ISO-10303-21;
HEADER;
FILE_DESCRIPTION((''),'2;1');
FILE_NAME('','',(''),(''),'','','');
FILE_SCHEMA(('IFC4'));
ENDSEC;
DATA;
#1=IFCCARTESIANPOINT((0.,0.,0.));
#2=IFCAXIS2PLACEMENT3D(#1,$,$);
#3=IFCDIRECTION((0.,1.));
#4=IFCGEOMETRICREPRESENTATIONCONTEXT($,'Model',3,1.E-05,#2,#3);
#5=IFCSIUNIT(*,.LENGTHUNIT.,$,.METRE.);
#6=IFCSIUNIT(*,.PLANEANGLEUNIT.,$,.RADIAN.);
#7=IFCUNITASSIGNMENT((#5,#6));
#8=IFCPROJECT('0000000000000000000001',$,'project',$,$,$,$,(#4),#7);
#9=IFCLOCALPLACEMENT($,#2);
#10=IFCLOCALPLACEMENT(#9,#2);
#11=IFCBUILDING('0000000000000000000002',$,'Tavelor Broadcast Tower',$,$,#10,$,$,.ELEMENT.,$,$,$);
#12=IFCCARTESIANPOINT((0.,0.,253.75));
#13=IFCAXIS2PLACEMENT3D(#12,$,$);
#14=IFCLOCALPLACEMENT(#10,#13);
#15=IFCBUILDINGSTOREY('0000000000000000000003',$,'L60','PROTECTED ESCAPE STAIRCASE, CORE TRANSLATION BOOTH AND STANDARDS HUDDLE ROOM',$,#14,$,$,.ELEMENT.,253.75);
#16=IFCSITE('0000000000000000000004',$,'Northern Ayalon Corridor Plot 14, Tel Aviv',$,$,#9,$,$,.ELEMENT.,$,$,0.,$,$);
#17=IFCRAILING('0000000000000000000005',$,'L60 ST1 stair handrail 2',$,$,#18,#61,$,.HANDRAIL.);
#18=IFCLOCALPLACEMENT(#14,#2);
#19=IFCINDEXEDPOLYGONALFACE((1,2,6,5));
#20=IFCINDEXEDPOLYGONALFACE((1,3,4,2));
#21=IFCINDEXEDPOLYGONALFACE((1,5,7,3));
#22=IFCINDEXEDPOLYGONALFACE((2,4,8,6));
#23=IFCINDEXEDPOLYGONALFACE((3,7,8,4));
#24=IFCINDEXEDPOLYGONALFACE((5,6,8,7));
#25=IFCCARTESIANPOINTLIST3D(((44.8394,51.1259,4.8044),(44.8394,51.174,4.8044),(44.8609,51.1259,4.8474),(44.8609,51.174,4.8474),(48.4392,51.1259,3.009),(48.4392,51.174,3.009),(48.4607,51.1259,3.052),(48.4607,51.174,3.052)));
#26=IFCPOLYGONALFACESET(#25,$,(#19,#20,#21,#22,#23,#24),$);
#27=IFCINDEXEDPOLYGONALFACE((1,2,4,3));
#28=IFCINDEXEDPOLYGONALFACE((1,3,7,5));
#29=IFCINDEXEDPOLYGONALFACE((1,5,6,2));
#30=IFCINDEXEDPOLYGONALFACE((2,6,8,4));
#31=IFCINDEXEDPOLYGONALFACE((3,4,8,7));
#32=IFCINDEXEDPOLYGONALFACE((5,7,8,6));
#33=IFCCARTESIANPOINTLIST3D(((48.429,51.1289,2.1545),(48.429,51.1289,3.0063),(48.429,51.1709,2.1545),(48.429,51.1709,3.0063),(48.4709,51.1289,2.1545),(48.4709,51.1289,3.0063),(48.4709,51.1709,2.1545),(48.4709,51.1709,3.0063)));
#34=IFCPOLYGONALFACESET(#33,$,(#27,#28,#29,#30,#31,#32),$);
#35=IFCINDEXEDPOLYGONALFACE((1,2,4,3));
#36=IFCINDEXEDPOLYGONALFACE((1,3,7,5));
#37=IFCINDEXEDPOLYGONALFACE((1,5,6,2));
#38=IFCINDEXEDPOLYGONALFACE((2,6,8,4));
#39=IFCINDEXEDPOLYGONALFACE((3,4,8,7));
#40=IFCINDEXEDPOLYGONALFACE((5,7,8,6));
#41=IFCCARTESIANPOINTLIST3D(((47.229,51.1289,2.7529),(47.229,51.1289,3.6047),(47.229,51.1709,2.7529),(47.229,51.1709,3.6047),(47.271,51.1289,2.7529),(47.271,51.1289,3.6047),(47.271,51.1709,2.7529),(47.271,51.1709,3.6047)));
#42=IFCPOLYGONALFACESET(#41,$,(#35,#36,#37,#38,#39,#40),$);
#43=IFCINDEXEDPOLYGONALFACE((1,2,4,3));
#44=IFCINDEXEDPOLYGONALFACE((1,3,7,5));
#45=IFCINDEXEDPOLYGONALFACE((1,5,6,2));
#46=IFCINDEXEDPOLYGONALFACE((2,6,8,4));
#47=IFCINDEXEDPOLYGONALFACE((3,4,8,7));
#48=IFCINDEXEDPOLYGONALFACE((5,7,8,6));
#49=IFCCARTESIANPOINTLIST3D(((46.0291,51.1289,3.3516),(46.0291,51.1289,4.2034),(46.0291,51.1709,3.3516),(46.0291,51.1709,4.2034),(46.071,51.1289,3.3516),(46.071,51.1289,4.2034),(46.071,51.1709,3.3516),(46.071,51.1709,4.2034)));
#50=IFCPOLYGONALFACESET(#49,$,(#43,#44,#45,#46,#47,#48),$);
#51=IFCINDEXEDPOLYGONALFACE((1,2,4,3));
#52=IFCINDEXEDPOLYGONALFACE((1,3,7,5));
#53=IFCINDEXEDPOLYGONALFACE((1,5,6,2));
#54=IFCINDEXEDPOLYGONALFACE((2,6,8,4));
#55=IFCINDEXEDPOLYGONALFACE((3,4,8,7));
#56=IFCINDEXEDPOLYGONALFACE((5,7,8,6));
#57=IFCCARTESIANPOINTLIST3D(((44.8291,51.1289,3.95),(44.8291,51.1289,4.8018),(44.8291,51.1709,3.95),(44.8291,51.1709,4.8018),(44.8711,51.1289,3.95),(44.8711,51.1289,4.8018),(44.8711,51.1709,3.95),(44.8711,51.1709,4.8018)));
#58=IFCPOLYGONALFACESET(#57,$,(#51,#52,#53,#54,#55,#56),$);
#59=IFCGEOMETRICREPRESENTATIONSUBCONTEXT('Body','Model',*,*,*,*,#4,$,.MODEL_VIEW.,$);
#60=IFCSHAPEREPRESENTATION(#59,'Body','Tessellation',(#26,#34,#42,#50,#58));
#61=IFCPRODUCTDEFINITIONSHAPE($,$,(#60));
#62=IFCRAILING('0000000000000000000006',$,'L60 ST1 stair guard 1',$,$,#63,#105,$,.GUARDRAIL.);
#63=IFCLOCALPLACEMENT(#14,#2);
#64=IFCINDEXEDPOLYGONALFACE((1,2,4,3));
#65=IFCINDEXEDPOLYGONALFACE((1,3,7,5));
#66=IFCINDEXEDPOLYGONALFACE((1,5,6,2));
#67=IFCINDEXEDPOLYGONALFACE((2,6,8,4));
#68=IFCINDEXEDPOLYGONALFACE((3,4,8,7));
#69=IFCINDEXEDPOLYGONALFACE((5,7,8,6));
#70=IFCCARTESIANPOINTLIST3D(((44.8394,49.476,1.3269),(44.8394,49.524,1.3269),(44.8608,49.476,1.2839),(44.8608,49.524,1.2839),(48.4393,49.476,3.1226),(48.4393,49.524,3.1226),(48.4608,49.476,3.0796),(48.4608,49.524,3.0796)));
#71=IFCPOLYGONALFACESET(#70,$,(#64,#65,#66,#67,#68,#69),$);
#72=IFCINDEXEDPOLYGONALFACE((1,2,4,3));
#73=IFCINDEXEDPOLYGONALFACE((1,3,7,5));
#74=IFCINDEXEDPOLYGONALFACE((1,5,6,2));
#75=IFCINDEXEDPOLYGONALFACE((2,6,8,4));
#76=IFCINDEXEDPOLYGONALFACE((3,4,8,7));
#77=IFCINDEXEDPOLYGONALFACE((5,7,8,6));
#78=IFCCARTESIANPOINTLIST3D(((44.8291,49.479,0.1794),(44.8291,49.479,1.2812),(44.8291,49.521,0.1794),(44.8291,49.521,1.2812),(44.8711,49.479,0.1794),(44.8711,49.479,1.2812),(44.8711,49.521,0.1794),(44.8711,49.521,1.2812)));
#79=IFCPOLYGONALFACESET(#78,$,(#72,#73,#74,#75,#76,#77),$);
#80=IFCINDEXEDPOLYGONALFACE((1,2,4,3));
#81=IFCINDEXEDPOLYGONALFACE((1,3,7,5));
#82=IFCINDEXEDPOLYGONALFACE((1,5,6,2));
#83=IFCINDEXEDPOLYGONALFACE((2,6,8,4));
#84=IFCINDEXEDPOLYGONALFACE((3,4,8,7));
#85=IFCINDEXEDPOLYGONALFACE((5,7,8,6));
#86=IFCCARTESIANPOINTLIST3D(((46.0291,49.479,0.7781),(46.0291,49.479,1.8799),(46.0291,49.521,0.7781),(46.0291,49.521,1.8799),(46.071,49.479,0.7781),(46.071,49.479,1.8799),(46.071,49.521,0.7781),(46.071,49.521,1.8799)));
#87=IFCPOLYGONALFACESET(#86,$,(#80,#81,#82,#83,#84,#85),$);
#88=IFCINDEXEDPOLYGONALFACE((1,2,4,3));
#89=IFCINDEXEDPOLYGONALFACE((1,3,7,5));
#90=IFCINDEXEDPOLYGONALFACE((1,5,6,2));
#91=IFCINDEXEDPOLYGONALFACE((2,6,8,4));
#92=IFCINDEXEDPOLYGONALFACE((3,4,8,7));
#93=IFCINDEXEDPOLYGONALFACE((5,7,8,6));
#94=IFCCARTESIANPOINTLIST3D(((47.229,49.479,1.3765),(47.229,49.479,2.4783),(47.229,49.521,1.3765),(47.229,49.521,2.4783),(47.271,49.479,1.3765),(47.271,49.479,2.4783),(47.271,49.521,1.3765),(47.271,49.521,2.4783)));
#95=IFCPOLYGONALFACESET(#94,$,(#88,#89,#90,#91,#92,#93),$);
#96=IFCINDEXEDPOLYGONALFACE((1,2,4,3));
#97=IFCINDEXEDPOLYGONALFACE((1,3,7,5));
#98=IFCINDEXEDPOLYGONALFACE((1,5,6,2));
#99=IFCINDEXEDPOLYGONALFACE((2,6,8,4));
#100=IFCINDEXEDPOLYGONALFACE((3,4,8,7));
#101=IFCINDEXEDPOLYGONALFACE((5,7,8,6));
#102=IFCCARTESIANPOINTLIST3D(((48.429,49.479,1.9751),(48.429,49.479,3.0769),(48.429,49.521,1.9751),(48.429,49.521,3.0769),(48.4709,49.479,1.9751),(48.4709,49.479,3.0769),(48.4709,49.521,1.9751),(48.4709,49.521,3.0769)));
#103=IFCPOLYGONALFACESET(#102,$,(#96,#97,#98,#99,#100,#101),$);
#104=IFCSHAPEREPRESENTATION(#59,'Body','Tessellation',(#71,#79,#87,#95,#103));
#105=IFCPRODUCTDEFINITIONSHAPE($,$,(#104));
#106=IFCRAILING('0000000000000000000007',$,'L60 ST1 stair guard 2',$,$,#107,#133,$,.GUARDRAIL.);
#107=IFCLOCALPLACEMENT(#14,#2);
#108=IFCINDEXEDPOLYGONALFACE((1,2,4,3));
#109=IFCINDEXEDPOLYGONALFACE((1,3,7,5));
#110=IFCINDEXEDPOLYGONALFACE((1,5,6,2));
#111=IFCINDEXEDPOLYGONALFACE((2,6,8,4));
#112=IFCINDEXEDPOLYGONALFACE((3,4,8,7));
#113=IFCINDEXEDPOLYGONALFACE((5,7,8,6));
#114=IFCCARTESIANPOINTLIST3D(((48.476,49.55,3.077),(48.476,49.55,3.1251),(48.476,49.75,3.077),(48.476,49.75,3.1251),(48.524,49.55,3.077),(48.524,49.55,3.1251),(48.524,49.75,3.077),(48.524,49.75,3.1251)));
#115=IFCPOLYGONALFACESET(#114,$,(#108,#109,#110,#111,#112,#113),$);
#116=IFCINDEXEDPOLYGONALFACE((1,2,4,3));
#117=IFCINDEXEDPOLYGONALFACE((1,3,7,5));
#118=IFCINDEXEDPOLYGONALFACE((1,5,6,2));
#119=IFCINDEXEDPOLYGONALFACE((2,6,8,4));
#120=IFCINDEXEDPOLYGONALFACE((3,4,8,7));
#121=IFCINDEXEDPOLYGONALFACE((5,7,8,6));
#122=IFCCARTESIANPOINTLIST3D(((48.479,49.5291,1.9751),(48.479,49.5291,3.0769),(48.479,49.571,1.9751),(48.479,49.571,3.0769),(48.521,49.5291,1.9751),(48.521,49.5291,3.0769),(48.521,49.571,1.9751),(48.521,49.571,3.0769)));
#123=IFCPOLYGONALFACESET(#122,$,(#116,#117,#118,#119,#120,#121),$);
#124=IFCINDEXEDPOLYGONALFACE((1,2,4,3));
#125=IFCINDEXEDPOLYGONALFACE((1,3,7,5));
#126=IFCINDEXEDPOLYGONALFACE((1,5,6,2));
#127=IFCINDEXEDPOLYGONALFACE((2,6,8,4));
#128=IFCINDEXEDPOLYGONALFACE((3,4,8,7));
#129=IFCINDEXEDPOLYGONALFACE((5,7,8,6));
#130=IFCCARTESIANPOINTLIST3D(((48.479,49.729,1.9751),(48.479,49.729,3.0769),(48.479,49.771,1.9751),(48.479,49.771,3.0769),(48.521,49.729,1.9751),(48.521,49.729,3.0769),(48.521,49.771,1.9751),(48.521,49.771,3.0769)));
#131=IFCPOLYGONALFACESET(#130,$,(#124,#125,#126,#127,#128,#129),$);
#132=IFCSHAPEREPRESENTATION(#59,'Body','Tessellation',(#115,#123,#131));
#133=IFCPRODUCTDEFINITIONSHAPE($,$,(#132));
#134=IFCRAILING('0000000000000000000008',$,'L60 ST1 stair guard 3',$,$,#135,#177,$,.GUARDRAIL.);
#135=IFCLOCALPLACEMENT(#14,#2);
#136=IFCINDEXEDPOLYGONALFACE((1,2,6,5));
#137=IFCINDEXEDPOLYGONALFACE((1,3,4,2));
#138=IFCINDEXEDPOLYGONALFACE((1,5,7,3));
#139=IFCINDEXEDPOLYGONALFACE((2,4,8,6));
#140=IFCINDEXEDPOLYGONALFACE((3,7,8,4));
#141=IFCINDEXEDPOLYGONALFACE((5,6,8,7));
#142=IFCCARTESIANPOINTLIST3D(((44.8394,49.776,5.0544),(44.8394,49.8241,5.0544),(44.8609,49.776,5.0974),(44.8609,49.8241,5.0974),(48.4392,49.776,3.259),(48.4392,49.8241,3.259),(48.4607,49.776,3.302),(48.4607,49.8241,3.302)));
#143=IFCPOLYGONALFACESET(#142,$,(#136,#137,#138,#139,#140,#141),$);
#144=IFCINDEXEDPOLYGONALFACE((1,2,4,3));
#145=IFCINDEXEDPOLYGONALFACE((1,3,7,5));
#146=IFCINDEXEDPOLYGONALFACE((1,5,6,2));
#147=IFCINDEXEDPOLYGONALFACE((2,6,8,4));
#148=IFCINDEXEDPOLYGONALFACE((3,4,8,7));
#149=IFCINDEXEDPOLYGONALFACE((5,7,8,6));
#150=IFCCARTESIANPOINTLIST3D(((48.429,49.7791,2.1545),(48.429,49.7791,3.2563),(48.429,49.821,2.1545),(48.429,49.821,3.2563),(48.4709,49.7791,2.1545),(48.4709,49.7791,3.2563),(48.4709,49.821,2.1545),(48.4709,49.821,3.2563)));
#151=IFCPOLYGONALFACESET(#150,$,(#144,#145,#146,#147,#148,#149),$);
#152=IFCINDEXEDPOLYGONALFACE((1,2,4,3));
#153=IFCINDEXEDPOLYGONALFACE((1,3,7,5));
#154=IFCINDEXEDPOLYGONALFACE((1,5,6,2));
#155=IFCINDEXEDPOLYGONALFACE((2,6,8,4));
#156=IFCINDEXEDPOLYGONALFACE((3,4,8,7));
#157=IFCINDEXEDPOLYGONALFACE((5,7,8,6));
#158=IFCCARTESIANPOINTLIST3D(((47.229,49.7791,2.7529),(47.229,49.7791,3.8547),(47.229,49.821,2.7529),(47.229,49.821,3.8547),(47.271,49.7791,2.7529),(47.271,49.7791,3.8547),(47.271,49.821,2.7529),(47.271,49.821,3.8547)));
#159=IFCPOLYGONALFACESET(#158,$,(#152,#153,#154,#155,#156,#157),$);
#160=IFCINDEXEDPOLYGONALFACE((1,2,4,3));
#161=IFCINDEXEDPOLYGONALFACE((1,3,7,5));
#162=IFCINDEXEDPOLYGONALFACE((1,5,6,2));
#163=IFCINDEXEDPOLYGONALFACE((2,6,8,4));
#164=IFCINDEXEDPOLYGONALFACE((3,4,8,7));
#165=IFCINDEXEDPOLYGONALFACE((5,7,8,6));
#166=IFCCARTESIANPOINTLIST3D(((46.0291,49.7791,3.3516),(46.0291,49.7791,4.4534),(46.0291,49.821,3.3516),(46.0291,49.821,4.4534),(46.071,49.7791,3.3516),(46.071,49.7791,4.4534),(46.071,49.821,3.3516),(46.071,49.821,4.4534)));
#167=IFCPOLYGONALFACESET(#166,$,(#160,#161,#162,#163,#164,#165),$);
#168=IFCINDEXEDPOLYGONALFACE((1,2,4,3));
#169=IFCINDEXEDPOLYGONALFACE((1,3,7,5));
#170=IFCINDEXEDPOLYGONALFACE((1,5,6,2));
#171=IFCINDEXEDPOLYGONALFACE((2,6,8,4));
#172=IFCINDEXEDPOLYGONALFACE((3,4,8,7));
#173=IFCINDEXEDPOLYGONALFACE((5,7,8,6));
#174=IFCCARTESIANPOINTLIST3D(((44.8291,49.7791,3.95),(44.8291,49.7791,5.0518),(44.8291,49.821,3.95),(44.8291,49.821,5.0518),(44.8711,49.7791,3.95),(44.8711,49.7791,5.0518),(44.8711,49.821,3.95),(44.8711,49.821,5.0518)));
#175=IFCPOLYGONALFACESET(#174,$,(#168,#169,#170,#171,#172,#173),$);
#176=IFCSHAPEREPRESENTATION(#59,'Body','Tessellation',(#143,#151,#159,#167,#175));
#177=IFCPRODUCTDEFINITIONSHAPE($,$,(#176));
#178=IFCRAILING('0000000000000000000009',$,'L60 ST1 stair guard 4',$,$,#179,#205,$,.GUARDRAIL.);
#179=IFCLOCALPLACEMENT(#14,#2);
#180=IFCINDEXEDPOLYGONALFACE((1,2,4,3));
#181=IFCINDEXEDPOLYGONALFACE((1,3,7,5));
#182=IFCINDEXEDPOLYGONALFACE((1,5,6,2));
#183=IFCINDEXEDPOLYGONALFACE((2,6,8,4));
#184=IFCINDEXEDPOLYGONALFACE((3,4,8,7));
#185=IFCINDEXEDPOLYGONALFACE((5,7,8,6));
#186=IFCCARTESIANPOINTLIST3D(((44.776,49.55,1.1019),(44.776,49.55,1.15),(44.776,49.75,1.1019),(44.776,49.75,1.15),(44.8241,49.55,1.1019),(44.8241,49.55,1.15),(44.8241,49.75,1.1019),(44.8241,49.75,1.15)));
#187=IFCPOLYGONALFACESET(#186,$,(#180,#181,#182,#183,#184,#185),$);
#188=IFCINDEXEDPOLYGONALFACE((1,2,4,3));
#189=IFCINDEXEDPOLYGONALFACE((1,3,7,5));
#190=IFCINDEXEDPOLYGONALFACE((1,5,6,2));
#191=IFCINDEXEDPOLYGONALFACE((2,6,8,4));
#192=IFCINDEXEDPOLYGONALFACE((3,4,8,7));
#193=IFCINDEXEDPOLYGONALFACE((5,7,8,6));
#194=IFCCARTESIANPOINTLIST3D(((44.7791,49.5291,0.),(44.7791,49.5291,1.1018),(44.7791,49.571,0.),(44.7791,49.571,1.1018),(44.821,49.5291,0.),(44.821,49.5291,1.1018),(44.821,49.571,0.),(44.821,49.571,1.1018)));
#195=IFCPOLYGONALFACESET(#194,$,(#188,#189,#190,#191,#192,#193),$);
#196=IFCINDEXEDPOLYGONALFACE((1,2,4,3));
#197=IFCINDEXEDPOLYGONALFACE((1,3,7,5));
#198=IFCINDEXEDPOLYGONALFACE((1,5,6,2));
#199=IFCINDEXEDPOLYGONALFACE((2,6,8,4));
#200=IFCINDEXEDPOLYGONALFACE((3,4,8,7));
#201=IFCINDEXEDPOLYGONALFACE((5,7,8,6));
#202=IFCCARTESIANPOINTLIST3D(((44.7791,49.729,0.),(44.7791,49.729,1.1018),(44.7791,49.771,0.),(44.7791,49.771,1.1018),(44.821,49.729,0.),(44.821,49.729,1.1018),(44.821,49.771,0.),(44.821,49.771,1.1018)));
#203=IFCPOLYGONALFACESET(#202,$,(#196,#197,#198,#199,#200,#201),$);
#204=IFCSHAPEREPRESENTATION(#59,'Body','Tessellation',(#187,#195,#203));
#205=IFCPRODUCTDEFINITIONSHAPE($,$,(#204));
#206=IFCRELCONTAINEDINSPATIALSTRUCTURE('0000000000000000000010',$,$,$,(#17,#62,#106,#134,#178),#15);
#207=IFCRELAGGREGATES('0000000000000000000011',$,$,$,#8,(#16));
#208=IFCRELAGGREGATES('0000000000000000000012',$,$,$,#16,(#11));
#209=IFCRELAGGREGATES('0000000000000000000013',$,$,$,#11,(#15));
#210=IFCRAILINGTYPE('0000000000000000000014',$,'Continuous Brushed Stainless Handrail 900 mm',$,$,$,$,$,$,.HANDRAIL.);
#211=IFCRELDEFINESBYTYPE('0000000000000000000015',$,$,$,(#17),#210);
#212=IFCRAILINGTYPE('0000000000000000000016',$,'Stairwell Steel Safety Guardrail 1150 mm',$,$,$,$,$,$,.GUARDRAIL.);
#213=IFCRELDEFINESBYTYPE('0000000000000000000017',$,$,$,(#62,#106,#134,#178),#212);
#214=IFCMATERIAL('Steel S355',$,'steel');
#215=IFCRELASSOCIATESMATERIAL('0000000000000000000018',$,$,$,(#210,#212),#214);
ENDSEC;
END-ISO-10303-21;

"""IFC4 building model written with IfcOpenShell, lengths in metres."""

from ifc_helpers import new_model, si_unit, direction, frame, origin, origin_2d, place, context, subcontext, project, spatial, rectangle, extrude, material, type_object, element, save


model = new_model("IFC4")

# Units and contexts
model_context = context("Model", 3, precision=1e-05, world=origin(), true_north=direction((0.0, 1.0)))
body_context = subcontext(model_context, "Body", "Model", "MODEL_VIEW")
ifc_project = project(units=[si_unit("LENGTHUNIT", "METRE"), si_unit("PLANEANGLEUNIT", "RADIAN")], contexts=[model_context])

# Site, building, storey
site_placement = place(None, origin())
site = spatial("IfcSite", under=ifc_project, at=site_placement, Name="Northern Ayalon Corridor Plot 14, Tel Aviv", CompositionType="ELEMENT", RefElevation=0.0)
building_placement = place(site_placement, origin())
building = spatial("IfcBuilding", under=site, at=building_placement, Name="Tavelor Broadcast Tower", CompositionType="ELEMENT")
storey_placement = place(building_placement, frame((0.0, 0.0, 253.75)))
storey = spatial("IfcBuildingStorey", under=building, at=storey_placement, Name="L60", Description="PROTECTED ESCAPE STAIRCASE, CORE TRANSLATION BOOTH AND STANDARDS HUDDLE ROOM", CompositionType="ELEMENT", Elevation=253.75)

# Shared definitions
ifc_material_1 = material(Name="Steel S355", Category="steel")

# Railings
railing_type_1 = type_object("IfcRailingType", Name="Continuous Brushed Stainless Handrail 900 mm", PredefinedType="HANDRAIL", material=ifc_material_1)
railing_1_placement = place(storey_placement, frame((48.45, 51.1499, 2.1545)))
element("IfcRailing", 1, at=railing_1_placement, inside=storey, type_object=railing_type_1, Name="L60 ST1 stair handrail 2", PredefinedType="HANDRAIL", context=body_context, shape_type="SweptSolid", body=[
    extrude(rectangle(XDim=0.0481, YDim=0.0481, at=origin_2d()), frame((0.0, 0.0, 0.876), z_axis=(-0.894876, 0.0, 0.446315), x_axis=(0.0, -1.0, 0.0)), (0.0, 0.0, 1.0), 4.0227),
    extrude(rectangle(XDim=0.042, YDim=0.042, at=origin_2d()), origin(), (0.0, 0.0, 1.0), 0.8518),
    extrude(rectangle(XDim=0.042, YDim=0.042, at=origin_2d()), frame((-1.2, 0.0, 0.5984)), (0.0, 0.0, 1.0), 0.8518),
    extrude(rectangle(XDim=0.042, YDim=0.042, at=origin_2d()), frame((-2.3999, 0.0, 1.197)), (0.0, 0.0, 1.0), 0.8518),
    extrude(rectangle(XDim=0.042, YDim=0.042, at=origin_2d()), frame((-3.5999, 0.0, 1.7954)), (0.0, 0.0, 1.0), 0.8518),
])
railing_type_2 = type_object("IfcRailingType", Name="Stairwell Steel Safety Guardrail 1150 mm", PredefinedType="GUARDRAIL", material=ifc_material_1)
railing_2_placement = place(storey_placement, frame((44.8501, 49.5, 0.1794)))
element("IfcRailing", 2, at=railing_2_placement, inside=storey, type_object=railing_type_2, Name="L60 ST1 stair guard 1", PredefinedType="GUARDRAIL", context=body_context, shape_type="SweptSolid", body=[
    extrude(rectangle(XDim=0.0481, YDim=0.0481, at=origin_2d()), frame((0.0, 0.0, 1.126), z_axis=(0.894852, 0.0, 0.446364), x_axis=(0.0, 1.0, 0.0)), (0.0, 0.0, 1.0), 4.0229),
    extrude(rectangle(XDim=0.042, YDim=0.042, at=origin_2d()), origin(), (0.0, 0.0, 1.0), 1.1018),
    extrude(rectangle(XDim=0.042, YDim=0.042, at=origin_2d()), frame((1.2, 0.0, 0.5986)), (0.0, 0.0, 1.0), 1.1018),
    extrude(rectangle(XDim=0.042, YDim=0.042, at=origin_2d()), frame((2.3999, 0.0, 1.197)), (0.0, 0.0, 1.0), 1.1018),
    extrude(rectangle(XDim=0.042, YDim=0.042, at=origin_2d()), frame((3.5999, 0.0, 1.7957)), (0.0, 0.0, 1.0), 1.1018),
])
railing_3_placement = place(storey_placement, frame((48.5, 49.55, 1.9751)))
element("IfcRailing", 3, at=railing_3_placement, inside=storey, type_object=railing_type_2, Name="L60 ST1 stair guard 2", PredefinedType="GUARDRAIL", context=body_context, shape_type="SweptSolid", body=[
    extrude(rectangle(XDim=0.0481, YDim=0.0481, at=origin_2d()), frame((0.0, 0.0, 1.126), z_axis=(0.0, 1.0, 0.0), x_axis=(-1.0, 0.0, 0.0)), (0.0, 0.0, 1.0), 0.2),
    extrude(rectangle(XDim=0.042, YDim=0.042, at=origin_2d()), origin(), (0.0, 0.0, 1.0), 1.1018),
    extrude(rectangle(XDim=0.042, YDim=0.042, at=origin_2d()), frame((0.0, 0.2, 0.0)), (0.0, 0.0, 1.0), 1.1018),
])
railing_4_placement = place(storey_placement, frame((48.45, 49.8, 2.1545)))
element("IfcRailing", 4, at=railing_4_placement, inside=storey, type_object=railing_type_2, Name="L60 ST1 stair guard 3", PredefinedType="GUARDRAIL", context=body_context, shape_type="SweptSolid", body=[
    extrude(rectangle(XDim=0.0481, YDim=0.0481, at=origin_2d()), frame((0.0, 0.0, 1.126), z_axis=(-0.894876, 0.0, 0.446315), x_axis=(0.0, -1.0, 0.0)), (0.0, 0.0, 1.0), 4.0227),
    extrude(rectangle(XDim=0.042, YDim=0.042, at=origin_2d()), origin(), (0.0, 0.0, 1.0), 1.1018),
    extrude(rectangle(XDim=0.042, YDim=0.042, at=origin_2d()), frame((-1.2, 0.0, 0.5984)), (0.0, 0.0, 1.0), 1.1018),
    extrude(rectangle(XDim=0.042, YDim=0.042, at=origin_2d()), frame((-2.3999, 0.0, 1.197)), (0.0, 0.0, 1.0), 1.1018),
    extrude(rectangle(XDim=0.042, YDim=0.042, at=origin_2d()), frame((-3.5999, 0.0, 1.7954)), (0.0, 0.0, 1.0), 1.1018),
])
railing_5_placement = place(storey_placement, frame((44.8, 49.55, 0.0)))
element("IfcRailing", 5, at=railing_5_placement, inside=storey, type_object=railing_type_2, Name="L60 ST1 stair guard 4", PredefinedType="GUARDRAIL", context=body_context, shape_type="SweptSolid", body=[
    extrude(rectangle(XDim=0.0481, YDim=0.0481, at=origin_2d()), frame((0.0, 0.0, 1.126), z_axis=(0.0, 1.0, 0.0), x_axis=(-1.0, 0.0, 0.0)), (0.0, 0.0, 1.0), 0.2),
    extrude(rectangle(XDim=0.042, YDim=0.042, at=origin_2d()), origin(), (0.0, 0.0, 1.0), 1.1018),
    extrude(rectangle(XDim=0.042, YDim=0.042, at=origin_2d()), frame((0.0, 0.2, 0.0)), (0.0, 0.0, 1.0), 1.1018),
])

save(model, "model.ifc")
